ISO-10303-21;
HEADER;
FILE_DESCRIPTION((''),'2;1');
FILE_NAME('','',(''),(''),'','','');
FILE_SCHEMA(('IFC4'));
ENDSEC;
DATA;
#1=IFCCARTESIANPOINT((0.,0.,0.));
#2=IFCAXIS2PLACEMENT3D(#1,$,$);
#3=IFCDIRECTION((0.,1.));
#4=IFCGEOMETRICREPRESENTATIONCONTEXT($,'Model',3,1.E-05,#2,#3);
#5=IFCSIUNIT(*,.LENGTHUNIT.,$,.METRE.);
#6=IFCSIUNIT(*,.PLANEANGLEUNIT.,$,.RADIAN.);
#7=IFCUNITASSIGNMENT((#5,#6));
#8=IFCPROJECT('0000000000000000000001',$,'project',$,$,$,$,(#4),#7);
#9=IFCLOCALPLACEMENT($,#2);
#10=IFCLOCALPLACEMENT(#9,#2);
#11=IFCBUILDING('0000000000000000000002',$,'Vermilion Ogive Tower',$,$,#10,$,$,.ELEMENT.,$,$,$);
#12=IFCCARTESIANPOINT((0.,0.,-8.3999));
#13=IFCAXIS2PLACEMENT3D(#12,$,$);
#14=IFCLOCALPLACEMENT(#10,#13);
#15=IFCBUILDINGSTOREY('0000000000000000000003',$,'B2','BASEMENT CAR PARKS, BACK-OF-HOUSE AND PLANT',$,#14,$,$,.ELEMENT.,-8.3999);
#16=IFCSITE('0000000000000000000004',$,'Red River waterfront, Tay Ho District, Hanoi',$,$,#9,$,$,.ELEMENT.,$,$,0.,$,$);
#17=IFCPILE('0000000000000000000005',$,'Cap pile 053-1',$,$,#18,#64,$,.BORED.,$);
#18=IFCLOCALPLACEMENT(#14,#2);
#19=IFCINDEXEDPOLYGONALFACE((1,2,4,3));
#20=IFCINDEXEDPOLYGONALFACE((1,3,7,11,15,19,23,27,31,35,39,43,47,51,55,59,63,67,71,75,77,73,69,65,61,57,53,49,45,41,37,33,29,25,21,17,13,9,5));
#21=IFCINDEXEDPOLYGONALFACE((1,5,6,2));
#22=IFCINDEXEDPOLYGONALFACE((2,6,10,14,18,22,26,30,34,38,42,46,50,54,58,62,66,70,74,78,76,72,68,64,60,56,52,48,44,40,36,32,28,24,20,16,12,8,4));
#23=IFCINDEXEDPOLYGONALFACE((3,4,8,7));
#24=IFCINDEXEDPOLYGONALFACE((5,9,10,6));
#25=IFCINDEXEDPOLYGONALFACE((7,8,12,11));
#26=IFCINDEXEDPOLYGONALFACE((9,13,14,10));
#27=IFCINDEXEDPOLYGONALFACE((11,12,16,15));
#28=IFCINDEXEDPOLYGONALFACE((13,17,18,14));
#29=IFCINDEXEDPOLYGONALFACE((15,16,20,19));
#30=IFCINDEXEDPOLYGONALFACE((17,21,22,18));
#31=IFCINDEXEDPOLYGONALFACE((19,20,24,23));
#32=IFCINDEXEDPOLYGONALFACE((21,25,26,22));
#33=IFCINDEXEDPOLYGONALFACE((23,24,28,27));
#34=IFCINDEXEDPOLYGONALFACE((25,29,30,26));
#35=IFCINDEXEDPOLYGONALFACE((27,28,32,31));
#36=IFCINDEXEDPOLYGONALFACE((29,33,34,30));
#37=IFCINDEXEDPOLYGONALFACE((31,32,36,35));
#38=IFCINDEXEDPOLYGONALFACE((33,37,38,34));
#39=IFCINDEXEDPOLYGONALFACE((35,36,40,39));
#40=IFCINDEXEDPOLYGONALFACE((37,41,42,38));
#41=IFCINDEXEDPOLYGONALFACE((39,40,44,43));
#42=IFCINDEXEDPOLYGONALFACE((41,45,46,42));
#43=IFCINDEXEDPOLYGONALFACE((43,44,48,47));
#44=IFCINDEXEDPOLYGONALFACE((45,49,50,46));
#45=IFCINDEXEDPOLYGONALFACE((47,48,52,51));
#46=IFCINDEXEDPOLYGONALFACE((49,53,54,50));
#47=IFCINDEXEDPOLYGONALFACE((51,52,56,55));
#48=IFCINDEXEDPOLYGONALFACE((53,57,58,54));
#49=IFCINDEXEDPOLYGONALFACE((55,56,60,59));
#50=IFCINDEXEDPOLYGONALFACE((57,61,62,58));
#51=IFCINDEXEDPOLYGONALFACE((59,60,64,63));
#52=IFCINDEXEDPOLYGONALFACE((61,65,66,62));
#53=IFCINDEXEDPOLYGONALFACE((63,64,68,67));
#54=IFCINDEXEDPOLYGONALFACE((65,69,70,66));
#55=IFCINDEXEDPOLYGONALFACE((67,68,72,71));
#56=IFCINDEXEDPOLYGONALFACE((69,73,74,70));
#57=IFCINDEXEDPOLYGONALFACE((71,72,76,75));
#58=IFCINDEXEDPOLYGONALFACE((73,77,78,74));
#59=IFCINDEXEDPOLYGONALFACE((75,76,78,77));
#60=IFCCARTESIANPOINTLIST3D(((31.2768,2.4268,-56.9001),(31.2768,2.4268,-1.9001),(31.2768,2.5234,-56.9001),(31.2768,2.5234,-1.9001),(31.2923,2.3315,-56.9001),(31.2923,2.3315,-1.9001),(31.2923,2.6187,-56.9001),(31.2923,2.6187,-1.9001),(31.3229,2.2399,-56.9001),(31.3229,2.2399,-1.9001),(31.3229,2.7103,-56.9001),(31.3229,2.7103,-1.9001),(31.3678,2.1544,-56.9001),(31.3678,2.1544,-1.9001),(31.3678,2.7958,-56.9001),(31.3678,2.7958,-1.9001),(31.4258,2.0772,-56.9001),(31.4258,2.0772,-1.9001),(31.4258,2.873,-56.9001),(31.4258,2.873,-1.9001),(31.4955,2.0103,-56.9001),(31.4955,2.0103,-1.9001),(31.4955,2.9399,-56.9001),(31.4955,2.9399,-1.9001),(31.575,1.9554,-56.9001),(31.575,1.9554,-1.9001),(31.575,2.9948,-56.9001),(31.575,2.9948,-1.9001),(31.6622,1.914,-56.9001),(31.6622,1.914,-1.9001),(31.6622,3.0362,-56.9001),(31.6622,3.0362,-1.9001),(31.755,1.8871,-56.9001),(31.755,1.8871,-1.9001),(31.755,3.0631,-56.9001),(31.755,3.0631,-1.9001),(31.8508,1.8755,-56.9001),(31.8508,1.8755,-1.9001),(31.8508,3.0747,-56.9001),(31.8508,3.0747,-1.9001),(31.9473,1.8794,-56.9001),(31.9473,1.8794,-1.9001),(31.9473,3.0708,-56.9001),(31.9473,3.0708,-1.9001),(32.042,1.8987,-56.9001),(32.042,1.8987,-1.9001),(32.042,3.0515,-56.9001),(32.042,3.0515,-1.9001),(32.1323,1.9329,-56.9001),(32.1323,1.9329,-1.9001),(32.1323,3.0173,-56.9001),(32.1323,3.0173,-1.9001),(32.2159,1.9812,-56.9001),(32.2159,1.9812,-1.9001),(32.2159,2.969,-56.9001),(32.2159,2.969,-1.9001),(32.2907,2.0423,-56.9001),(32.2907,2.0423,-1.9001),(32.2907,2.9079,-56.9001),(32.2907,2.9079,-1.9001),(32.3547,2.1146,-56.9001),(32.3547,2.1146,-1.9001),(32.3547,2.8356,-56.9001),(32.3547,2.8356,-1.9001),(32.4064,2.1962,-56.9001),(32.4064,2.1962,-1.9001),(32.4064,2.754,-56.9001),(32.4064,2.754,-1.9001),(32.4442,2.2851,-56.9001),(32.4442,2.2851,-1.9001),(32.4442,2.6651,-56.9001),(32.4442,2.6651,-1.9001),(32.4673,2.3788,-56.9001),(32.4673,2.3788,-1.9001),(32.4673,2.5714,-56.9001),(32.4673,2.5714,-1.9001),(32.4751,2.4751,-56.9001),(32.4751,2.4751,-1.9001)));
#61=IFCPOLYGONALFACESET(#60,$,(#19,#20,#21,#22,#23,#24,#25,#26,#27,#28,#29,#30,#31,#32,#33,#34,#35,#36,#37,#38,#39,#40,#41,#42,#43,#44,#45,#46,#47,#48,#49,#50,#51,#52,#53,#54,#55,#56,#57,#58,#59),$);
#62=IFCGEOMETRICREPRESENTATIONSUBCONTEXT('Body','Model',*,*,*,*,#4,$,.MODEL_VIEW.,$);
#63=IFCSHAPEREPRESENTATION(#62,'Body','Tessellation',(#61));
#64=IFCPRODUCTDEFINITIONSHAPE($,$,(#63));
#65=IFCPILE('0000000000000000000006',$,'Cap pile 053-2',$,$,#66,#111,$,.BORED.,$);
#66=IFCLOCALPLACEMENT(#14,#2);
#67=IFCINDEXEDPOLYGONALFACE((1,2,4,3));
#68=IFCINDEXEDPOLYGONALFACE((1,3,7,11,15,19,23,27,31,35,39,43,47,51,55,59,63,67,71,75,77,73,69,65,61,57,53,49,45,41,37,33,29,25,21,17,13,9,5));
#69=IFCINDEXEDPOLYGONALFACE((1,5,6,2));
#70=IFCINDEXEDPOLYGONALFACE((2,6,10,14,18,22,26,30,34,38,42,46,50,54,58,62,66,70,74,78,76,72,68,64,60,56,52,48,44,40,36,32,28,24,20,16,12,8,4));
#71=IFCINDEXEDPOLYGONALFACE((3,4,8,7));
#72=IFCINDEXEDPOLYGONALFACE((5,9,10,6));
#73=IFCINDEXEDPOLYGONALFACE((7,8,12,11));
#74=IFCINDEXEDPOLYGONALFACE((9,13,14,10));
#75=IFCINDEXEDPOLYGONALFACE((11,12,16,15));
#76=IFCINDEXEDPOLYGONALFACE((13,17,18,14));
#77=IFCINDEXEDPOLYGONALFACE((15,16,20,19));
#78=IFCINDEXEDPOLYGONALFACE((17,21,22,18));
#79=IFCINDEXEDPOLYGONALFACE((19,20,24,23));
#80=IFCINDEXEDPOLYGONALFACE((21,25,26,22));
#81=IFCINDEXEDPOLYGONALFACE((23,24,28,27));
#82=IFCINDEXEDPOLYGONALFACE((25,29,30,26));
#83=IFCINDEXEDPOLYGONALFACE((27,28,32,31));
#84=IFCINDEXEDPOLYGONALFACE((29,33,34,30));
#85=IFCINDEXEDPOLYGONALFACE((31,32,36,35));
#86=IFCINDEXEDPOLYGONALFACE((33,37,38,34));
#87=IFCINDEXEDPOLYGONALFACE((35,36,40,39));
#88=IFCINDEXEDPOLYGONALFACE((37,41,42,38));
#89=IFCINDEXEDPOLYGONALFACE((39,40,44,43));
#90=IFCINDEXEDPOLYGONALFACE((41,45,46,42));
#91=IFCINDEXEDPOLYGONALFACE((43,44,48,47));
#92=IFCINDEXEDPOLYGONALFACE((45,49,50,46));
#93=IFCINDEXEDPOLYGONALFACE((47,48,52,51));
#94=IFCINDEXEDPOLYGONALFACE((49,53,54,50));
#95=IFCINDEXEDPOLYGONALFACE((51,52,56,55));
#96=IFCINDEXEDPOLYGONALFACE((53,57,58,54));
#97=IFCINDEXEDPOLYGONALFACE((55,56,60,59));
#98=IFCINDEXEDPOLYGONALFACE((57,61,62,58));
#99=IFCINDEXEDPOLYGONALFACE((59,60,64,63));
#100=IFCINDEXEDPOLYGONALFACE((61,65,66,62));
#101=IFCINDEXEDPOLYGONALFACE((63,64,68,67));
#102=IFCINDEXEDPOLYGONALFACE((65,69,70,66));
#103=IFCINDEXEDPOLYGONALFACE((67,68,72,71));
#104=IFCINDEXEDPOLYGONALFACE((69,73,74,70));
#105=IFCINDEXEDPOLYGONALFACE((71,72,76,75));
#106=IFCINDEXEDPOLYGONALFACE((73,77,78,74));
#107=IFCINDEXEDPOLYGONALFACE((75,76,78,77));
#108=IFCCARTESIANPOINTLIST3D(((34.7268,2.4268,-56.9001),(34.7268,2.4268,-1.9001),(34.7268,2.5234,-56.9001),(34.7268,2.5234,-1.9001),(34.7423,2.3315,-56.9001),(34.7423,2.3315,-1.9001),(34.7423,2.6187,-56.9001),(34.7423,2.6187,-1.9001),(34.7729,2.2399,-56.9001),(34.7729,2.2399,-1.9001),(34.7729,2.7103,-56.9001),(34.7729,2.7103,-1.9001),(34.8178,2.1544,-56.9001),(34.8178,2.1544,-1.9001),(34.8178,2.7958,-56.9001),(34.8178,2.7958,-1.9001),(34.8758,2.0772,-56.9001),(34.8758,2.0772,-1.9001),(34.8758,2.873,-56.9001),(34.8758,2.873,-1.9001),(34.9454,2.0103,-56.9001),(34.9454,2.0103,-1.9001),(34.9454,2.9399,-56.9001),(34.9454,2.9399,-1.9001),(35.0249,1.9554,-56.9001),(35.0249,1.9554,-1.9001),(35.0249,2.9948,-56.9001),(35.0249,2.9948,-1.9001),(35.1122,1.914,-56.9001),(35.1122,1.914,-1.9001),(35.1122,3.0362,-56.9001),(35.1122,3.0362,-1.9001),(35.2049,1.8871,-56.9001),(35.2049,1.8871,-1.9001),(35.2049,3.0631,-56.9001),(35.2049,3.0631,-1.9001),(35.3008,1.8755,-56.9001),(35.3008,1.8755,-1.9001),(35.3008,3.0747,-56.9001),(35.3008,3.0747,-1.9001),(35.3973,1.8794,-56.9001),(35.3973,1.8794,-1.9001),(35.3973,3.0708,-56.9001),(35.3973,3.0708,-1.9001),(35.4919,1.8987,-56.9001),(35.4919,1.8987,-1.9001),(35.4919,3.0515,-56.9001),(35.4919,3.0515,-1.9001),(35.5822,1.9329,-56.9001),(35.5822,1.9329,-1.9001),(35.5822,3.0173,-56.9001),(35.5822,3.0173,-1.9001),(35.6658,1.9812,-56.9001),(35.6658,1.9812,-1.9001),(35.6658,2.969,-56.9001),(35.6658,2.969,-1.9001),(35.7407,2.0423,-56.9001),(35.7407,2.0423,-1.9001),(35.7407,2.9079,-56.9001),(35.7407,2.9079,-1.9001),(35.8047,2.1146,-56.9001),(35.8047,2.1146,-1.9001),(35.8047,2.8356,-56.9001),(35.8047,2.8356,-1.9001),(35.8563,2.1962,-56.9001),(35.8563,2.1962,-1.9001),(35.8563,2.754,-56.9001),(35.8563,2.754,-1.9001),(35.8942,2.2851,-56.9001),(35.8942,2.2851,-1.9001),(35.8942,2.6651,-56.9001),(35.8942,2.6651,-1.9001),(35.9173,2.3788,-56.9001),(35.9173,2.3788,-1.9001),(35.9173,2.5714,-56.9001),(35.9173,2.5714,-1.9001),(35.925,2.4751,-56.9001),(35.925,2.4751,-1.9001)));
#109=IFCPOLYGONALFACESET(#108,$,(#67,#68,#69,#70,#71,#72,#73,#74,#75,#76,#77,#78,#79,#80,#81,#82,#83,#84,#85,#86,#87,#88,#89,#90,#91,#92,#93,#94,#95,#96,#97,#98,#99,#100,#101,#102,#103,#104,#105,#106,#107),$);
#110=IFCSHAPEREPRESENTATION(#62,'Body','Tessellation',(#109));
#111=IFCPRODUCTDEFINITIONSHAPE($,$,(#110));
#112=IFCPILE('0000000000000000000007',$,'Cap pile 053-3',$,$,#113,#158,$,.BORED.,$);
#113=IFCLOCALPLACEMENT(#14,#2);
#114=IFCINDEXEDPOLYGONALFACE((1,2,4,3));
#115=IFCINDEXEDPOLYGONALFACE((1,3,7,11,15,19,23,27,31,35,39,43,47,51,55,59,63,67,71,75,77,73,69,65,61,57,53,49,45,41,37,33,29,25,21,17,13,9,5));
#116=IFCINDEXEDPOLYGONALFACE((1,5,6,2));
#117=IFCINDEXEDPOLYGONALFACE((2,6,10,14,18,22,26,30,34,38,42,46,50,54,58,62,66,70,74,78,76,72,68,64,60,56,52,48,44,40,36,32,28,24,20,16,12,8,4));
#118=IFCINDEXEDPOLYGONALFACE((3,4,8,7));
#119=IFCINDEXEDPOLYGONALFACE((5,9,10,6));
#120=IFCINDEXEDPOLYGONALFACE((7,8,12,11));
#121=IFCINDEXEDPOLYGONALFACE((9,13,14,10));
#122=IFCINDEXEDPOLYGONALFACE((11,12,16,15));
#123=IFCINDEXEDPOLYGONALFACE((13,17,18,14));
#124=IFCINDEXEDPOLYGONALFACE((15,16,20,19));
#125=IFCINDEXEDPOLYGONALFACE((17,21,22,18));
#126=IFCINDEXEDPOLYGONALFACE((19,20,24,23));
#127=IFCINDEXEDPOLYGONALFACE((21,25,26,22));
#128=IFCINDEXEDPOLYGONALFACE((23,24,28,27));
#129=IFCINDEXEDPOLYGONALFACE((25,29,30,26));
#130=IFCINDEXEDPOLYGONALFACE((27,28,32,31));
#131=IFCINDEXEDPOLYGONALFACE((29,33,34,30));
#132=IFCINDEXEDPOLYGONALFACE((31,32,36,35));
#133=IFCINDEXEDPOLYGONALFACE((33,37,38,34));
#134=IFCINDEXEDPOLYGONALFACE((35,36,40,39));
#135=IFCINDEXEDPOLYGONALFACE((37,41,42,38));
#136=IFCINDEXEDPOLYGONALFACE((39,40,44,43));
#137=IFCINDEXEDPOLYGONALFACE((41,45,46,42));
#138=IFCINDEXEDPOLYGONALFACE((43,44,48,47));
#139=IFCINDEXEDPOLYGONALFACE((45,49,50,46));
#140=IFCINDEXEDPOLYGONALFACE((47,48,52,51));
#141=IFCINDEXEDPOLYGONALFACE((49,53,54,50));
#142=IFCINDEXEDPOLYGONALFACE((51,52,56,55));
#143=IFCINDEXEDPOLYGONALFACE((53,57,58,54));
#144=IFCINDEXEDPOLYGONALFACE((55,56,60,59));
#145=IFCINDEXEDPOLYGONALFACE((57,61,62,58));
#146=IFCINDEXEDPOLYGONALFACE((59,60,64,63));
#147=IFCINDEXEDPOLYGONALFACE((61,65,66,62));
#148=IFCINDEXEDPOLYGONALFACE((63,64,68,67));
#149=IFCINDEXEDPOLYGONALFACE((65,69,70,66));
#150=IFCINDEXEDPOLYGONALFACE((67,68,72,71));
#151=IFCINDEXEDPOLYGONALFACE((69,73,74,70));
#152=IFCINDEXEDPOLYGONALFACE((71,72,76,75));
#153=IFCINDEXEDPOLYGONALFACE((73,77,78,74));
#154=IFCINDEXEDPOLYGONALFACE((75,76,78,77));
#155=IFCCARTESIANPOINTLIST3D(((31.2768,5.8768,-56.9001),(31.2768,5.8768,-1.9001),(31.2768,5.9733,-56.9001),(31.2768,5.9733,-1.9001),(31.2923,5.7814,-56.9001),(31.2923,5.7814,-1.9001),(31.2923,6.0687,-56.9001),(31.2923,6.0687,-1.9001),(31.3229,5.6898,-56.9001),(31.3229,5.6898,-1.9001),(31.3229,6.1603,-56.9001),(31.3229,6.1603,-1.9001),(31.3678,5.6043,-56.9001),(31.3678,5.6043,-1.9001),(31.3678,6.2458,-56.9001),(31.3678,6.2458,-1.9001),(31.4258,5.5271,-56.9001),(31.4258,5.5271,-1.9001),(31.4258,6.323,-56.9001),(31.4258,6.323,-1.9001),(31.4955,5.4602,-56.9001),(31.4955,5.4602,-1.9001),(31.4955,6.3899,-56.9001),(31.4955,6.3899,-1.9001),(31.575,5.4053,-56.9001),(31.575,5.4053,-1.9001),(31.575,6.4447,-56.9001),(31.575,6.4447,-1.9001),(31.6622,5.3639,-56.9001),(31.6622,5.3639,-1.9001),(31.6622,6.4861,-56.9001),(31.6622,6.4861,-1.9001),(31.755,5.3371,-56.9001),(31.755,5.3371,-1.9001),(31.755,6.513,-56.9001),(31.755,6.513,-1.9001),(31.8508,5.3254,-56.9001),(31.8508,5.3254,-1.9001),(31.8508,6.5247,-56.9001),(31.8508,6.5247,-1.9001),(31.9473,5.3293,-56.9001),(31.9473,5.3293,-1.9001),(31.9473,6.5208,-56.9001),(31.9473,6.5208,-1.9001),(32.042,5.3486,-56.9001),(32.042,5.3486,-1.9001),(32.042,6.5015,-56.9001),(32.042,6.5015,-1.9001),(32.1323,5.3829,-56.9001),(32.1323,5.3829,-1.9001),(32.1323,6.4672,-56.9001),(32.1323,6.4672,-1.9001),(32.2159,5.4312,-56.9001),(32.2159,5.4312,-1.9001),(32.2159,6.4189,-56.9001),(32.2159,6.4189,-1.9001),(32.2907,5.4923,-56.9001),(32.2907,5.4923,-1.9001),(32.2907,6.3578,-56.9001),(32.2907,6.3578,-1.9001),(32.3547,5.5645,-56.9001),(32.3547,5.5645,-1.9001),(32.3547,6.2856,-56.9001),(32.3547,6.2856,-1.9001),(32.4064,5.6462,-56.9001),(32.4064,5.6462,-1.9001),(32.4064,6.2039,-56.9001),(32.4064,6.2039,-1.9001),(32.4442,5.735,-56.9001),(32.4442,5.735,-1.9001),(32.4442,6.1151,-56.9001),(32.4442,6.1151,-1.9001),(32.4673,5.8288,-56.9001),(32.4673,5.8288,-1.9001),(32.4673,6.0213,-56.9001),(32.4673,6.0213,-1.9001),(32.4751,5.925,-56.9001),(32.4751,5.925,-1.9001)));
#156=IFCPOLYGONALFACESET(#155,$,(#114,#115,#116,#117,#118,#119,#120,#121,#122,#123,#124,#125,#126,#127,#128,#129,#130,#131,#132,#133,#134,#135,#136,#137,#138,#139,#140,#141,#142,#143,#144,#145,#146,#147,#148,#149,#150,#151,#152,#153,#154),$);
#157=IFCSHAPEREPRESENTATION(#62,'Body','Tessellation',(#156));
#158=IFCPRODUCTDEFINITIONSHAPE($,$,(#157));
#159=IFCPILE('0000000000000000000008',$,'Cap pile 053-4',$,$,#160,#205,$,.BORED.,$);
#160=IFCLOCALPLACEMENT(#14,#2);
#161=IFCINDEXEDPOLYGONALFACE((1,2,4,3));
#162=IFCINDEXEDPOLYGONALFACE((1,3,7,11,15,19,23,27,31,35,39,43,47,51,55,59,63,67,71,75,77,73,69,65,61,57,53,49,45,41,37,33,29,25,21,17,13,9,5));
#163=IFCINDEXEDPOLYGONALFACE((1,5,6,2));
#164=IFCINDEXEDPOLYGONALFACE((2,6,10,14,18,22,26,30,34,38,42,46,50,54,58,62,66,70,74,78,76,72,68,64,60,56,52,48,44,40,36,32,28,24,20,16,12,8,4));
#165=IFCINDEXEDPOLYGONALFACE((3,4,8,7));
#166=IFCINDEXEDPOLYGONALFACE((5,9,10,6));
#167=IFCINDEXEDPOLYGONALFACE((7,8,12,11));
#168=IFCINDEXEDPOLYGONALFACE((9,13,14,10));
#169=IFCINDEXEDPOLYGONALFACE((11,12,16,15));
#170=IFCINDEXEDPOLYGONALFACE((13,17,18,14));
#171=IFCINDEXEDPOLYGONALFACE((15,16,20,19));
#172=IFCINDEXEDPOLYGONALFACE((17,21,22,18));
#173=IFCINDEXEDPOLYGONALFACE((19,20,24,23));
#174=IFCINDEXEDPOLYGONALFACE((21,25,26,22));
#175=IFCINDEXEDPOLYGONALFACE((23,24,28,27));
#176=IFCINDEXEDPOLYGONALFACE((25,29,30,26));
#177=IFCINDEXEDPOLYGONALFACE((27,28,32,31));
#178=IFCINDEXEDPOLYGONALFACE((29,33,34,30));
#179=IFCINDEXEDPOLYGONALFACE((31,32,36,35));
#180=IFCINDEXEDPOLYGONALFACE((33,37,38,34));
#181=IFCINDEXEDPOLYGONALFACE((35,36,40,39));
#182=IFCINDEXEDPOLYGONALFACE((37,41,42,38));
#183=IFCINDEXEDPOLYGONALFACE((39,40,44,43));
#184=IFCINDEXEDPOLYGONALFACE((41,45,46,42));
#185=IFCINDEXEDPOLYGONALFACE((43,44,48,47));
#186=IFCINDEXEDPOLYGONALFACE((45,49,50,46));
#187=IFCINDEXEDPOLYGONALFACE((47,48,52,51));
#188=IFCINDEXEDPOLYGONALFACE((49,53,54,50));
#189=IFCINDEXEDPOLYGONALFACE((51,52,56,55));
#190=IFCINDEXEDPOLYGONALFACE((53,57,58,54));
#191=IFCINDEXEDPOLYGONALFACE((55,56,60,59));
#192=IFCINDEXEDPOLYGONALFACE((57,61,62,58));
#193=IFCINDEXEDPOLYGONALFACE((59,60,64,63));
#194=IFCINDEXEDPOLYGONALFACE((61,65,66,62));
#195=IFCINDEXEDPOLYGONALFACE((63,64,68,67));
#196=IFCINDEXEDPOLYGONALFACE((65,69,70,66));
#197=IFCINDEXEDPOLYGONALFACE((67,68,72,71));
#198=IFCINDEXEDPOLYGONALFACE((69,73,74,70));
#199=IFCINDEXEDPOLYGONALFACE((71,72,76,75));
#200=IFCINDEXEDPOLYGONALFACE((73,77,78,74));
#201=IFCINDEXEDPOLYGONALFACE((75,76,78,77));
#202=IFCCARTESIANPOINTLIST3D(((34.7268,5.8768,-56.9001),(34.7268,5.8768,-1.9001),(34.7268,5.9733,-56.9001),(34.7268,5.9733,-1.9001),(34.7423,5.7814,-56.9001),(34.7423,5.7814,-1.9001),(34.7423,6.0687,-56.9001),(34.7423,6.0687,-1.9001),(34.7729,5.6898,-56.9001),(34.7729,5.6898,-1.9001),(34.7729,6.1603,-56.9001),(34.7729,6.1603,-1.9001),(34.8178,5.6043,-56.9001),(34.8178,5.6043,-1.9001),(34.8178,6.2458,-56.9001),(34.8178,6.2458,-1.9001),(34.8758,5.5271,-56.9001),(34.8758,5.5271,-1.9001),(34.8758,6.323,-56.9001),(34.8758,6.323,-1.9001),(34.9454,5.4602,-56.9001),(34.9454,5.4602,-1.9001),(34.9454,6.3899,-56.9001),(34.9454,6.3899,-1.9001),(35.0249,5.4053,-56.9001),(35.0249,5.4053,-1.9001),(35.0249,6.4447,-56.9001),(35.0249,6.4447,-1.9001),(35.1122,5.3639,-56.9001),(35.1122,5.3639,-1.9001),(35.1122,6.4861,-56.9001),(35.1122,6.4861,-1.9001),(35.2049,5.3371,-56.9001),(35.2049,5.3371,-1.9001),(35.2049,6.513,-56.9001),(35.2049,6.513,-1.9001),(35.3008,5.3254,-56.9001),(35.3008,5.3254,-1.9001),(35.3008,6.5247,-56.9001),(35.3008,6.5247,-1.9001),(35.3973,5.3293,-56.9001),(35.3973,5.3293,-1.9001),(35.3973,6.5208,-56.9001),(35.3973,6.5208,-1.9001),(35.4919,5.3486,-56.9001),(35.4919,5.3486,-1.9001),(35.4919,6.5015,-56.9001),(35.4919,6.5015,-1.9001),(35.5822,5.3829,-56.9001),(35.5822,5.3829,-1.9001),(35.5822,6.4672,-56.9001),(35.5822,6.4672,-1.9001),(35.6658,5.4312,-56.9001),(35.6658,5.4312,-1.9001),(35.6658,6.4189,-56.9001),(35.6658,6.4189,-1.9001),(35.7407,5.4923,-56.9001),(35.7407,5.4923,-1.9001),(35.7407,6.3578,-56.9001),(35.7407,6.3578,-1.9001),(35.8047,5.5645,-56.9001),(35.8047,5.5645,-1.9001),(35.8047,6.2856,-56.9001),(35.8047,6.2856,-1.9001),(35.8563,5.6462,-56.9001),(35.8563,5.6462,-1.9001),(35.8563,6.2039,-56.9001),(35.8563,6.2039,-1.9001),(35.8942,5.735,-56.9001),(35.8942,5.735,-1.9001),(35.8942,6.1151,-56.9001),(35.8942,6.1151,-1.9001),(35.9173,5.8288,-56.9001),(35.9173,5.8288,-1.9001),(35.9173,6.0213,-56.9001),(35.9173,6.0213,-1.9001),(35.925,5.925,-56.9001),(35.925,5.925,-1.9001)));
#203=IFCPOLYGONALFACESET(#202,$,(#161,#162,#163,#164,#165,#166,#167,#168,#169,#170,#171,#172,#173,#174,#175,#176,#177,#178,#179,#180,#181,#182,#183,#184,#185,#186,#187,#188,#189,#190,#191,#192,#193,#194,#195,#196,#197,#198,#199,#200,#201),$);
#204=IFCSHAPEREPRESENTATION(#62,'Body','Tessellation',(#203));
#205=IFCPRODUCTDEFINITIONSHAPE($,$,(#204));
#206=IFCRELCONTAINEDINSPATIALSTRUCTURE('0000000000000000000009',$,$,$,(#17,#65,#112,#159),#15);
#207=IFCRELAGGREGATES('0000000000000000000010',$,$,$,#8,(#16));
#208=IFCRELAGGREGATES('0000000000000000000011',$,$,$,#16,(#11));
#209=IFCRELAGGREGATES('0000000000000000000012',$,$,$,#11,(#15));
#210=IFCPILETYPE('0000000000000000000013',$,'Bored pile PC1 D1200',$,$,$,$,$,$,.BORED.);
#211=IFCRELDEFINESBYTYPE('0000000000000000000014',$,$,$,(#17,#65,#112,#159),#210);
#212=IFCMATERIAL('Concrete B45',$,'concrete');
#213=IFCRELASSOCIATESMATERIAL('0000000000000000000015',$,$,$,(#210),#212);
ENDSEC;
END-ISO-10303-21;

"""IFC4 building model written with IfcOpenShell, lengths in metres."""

from ifc_helpers import new_model, si_unit, direction, frame, origin, origin_2d, place, context, subcontext, project, spatial, circle, extrude, material, type_object, element, save


model = new_model("IFC4")

# Units and contexts
model_context = context("Model", 3, precision=1e-05, world=origin(), true_north=direction((0.0, 1.0)))
body_context = subcontext(model_context, "Body", "Model", "MODEL_VIEW")
ifc_project = project(units=[si_unit("LENGTHUNIT", "METRE"), si_unit("PLANEANGLEUNIT", "RADIAN")], contexts=[model_context])

# Site, building, storey
site_placement = place(None, origin())
site = spatial("IfcSite", under=ifc_project, at=site_placement, Name="Red River waterfront, Tay Ho District, Hanoi", CompositionType="ELEMENT", RefElevation=0.0)
building_placement = place(site_placement, origin())
building = spatial("IfcBuilding", under=site, at=building_placement, Name="Vermilion Ogive Tower", CompositionType="ELEMENT")
storey_placement = place(building_placement, frame((0.0, 0.0, -8.3999)))
storey = spatial("IfcBuildingStorey", under=building, at=storey_placement, Name="B2", Description="BASEMENT CAR PARKS, BACK-OF-HOUSE AND PLANT", CompositionType="ELEMENT", Elevation=-8.3999)

# Piles
ifc_material_1 = material(Name="Concrete B45", Category="concrete")
pile_type = type_object("IfcPileType", Name="Bored pile PC1 D1200", PredefinedType="BORED", material=ifc_material_1)
for number, where, z_axis, x_axis, name in (
    (1, (31.875, 2.4751, -1.9001), (0.0, 0.0, -1.0), (1.0, 0.0, 0.0), "Cap pile 053-1"),
    (2, (35.325, 2.4751, -1.9001), (0.0, 0.0, -1.0), (1.0, 0.0, 0.0), "Cap pile 053-2"),
    (3, (31.875, 5.925, -1.9001), (0.0, 0.0, -1.0), (1.0, 0.0, 0.0), "Cap pile 053-3"),
    (4, (35.325, 5.925, -1.9001), (0.0, 0.0, -1.0), (1.0, 0.0, 0.0), "Cap pile 053-4"),
):
    element("IfcPile", number, at=place(storey_placement, frame(where, z_axis=z_axis, x_axis=x_axis)), inside=storey, type_object=pile_type, Name=name, PredefinedType="BORED", context=body_context, shape_type="SweptSolid", body=[
        extrude(circle(Radius=0.6001, at=origin_2d()), origin(), (0.0, 0.0, 1.0), 55.0),
    ])

save(model, "model.ifc")
